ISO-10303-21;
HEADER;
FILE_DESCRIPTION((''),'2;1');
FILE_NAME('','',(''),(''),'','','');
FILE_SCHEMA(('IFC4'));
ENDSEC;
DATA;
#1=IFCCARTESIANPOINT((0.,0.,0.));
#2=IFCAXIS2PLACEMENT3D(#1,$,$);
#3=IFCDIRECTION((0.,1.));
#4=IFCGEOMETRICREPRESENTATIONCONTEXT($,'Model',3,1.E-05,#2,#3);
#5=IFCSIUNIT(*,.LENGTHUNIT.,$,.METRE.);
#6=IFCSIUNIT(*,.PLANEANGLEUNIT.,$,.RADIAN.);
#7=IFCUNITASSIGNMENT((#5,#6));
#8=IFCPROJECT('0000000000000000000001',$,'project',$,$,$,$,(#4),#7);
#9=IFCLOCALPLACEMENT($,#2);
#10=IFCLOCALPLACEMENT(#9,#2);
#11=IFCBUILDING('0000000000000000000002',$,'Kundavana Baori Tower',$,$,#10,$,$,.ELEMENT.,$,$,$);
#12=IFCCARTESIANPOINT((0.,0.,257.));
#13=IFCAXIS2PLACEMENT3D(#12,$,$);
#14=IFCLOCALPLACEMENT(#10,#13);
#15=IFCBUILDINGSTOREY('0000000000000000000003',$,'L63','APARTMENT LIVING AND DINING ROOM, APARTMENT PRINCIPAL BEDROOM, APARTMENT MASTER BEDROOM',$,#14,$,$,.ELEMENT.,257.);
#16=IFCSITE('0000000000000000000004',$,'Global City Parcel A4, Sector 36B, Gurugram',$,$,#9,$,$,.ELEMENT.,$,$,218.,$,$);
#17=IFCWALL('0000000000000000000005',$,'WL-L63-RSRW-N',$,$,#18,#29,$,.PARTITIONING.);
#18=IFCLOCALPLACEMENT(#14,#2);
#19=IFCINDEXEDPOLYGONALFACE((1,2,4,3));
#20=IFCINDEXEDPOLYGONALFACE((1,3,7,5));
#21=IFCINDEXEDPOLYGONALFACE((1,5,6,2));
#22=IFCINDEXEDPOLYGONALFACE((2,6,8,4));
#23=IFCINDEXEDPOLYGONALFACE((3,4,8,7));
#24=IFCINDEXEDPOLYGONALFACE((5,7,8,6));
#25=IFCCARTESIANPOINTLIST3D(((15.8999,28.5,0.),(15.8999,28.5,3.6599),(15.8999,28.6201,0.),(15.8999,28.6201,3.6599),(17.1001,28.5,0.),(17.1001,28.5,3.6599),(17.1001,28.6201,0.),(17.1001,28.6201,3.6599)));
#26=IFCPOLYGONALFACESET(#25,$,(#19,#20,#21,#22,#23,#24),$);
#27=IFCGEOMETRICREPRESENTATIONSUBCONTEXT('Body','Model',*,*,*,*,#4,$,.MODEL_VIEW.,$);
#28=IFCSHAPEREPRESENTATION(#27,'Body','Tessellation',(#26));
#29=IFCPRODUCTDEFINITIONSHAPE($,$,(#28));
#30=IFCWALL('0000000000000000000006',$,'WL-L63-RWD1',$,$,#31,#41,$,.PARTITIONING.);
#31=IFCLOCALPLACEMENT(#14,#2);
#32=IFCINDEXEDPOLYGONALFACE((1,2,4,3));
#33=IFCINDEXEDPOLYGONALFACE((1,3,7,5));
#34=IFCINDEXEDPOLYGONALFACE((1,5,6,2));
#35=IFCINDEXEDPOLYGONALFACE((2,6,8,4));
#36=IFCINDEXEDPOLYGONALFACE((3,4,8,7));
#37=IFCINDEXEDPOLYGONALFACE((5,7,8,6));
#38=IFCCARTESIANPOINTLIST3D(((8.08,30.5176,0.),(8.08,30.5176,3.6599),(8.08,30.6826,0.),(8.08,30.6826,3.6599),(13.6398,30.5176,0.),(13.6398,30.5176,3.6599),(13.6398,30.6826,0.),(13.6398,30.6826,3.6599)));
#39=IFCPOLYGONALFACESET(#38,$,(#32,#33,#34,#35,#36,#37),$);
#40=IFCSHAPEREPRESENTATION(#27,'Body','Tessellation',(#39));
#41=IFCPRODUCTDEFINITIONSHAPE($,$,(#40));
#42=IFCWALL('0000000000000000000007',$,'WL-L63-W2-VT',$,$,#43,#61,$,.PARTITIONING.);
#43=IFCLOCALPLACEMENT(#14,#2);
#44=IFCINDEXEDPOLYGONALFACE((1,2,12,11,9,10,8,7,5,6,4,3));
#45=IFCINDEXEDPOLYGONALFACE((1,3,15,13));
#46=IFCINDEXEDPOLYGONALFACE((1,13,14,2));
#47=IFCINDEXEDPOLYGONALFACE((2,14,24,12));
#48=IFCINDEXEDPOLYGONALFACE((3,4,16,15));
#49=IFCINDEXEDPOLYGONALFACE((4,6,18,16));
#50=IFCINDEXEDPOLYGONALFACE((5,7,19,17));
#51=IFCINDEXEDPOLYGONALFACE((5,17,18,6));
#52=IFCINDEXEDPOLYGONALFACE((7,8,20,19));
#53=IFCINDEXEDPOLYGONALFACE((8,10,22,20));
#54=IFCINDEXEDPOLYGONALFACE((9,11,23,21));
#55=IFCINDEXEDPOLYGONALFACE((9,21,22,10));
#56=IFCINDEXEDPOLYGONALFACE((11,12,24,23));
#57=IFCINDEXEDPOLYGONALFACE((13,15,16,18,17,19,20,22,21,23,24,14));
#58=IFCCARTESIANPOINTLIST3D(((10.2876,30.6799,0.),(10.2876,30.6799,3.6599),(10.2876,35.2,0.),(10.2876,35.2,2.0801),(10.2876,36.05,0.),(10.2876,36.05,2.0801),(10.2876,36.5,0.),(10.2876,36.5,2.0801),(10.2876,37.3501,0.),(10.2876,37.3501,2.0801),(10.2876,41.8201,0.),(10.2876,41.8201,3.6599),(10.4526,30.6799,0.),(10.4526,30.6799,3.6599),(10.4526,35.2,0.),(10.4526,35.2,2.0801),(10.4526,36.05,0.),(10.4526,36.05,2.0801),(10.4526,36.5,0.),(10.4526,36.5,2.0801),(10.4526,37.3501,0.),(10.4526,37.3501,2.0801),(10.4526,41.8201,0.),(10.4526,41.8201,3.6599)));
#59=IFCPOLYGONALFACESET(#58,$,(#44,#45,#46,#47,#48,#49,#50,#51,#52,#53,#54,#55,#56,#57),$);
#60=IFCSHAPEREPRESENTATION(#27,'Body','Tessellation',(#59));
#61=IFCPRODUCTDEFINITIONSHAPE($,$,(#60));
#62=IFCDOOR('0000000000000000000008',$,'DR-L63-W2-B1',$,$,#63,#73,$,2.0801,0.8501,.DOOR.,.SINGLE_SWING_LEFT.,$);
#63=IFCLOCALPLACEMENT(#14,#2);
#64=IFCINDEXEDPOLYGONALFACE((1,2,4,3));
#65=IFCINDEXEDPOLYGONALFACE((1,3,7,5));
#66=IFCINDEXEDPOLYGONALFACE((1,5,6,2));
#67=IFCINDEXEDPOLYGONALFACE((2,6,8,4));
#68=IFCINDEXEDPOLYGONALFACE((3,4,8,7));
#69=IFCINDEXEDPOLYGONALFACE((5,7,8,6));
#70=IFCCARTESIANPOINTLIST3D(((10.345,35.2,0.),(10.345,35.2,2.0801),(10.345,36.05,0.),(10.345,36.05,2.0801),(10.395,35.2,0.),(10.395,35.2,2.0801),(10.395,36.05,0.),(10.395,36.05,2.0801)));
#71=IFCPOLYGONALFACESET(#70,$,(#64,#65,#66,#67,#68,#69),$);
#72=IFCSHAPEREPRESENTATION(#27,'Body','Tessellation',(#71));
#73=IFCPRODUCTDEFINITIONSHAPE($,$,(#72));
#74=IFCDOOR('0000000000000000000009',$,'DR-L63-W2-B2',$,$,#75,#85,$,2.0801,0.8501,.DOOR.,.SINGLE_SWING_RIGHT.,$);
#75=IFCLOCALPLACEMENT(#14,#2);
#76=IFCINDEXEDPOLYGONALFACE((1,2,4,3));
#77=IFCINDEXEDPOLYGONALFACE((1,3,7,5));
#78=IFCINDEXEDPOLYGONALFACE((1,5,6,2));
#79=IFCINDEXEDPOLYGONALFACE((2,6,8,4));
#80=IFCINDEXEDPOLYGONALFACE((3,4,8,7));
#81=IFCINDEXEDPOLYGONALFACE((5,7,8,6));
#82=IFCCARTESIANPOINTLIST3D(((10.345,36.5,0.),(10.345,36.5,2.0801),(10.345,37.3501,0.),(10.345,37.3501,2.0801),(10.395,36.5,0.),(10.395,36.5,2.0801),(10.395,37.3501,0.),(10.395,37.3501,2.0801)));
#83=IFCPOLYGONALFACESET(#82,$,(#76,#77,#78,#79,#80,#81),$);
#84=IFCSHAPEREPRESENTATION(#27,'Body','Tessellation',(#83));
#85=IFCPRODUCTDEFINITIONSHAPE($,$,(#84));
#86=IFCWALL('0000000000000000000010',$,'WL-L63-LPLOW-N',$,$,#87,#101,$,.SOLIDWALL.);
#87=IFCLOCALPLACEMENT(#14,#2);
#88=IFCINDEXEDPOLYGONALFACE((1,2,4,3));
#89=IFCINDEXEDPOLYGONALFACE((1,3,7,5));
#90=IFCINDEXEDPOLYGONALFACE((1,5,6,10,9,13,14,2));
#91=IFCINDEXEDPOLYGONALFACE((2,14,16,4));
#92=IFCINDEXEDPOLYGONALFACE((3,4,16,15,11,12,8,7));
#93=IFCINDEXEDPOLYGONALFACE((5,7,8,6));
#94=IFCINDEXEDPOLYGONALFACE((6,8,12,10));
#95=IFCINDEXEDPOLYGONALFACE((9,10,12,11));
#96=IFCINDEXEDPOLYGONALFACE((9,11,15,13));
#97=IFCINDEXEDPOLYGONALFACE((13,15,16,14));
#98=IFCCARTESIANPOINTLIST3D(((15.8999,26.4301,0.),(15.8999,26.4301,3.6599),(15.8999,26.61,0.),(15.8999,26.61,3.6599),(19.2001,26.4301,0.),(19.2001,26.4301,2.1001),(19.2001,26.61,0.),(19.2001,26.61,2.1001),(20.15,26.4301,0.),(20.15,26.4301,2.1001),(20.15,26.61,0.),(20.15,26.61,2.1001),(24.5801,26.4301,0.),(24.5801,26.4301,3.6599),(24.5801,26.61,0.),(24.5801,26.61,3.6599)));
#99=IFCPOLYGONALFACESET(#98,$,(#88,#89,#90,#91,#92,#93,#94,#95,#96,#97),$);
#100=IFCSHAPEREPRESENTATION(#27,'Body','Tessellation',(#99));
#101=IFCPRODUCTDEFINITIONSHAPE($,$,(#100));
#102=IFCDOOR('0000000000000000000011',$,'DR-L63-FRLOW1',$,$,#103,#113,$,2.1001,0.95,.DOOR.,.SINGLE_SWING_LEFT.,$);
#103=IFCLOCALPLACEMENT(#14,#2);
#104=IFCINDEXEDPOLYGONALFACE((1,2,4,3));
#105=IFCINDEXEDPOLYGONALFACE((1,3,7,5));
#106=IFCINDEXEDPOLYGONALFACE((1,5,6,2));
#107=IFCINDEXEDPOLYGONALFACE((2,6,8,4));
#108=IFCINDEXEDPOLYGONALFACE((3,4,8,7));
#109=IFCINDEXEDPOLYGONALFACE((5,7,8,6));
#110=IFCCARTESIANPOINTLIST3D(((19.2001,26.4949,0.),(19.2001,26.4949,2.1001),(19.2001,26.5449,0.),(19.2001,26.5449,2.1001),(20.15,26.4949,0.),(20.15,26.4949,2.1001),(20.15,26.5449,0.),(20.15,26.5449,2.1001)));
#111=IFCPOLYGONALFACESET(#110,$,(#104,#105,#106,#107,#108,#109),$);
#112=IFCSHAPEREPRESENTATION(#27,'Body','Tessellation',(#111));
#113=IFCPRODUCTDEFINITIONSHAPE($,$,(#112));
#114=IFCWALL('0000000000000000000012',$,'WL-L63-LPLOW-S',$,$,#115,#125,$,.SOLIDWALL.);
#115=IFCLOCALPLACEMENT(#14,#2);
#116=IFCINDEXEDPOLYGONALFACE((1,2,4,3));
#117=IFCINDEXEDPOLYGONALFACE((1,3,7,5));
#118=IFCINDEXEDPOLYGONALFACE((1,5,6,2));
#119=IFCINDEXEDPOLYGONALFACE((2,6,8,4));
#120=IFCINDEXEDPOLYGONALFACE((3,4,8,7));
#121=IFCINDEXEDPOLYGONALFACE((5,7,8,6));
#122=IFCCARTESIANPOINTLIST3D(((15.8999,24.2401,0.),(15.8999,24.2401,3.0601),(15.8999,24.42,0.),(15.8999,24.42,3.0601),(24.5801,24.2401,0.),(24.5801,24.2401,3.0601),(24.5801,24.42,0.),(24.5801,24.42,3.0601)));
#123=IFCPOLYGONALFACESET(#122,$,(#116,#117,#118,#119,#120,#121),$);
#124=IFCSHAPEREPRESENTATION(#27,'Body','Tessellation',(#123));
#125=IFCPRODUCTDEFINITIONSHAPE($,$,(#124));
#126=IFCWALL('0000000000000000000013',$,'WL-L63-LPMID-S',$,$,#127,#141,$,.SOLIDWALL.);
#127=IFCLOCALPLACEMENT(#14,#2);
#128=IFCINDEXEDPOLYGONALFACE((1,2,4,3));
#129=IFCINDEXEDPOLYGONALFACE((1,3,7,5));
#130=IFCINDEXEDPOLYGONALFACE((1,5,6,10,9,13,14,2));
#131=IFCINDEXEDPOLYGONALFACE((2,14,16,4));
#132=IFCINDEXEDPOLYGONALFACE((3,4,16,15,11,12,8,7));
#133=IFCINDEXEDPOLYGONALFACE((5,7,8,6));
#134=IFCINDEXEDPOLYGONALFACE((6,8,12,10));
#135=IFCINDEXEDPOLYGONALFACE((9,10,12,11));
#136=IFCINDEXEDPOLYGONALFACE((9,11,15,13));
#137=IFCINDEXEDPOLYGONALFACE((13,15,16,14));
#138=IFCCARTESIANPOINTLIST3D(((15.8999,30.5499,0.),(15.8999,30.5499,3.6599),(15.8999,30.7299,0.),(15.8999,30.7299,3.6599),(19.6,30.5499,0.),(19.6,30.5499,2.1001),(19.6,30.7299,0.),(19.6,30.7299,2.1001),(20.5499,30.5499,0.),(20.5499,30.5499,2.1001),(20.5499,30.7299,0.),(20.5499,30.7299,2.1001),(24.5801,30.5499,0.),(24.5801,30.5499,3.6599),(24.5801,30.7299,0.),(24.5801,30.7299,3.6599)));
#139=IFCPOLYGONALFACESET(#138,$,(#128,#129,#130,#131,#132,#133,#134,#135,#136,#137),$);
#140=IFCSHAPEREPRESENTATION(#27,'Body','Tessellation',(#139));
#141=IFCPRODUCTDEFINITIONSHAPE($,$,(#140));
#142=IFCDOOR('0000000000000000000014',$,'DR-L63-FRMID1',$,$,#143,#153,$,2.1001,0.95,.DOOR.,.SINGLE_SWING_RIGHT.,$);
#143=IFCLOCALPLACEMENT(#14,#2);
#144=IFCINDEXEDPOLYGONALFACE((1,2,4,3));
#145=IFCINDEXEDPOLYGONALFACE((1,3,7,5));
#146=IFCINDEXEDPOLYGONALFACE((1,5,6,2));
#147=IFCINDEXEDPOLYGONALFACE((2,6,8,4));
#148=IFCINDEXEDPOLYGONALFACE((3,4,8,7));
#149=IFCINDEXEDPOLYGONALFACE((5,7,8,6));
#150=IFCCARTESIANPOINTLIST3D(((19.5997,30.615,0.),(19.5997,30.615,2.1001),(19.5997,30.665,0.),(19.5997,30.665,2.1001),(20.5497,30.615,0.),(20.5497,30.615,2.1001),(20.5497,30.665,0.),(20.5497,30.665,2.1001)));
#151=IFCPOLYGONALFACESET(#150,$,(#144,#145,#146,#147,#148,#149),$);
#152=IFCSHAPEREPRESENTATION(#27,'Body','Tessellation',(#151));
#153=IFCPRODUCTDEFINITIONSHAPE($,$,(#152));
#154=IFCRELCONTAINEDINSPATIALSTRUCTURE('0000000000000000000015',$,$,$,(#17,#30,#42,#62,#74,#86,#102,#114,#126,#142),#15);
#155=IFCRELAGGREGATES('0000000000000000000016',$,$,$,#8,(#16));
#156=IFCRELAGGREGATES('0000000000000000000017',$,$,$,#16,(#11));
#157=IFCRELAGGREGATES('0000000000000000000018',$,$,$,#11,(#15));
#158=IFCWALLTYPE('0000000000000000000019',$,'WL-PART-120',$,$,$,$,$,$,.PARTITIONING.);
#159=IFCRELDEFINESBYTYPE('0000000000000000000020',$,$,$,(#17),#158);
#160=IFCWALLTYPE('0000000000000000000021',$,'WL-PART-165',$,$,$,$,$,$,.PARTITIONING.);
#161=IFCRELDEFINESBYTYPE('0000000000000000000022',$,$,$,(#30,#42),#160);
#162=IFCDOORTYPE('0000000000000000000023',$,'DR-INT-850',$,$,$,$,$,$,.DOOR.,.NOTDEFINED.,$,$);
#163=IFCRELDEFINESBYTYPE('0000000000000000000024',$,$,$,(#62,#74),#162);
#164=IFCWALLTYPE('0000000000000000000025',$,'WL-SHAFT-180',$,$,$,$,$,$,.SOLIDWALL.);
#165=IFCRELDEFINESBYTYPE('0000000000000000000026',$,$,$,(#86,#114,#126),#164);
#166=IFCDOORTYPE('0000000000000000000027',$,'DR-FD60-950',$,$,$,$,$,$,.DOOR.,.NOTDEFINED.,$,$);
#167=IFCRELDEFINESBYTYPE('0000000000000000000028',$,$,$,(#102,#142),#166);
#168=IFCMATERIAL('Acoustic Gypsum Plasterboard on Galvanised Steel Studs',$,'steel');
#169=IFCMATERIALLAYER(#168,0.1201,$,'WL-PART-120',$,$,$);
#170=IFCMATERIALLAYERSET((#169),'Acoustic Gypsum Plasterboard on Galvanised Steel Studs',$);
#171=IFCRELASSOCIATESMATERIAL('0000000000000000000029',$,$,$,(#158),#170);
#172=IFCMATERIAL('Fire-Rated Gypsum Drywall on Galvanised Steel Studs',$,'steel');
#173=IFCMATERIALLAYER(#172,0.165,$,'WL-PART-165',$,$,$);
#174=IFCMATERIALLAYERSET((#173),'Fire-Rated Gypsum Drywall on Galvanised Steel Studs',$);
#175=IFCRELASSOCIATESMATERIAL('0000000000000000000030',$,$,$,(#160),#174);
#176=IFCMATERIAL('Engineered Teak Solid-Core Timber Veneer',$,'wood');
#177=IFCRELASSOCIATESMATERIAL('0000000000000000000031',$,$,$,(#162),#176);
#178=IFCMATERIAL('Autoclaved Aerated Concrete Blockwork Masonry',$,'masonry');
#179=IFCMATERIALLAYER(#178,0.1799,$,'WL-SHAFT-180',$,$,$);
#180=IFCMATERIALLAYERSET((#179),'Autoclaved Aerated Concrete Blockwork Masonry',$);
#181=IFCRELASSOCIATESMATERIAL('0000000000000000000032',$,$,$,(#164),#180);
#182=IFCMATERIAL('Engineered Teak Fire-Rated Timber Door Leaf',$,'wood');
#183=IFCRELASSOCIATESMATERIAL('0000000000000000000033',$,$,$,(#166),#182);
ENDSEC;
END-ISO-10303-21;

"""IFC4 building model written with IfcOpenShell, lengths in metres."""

from ifc_helpers import new_model, si_unit, direction, frame, frame_2d, origin, place, context, subcontext, project, spatial, rectangle, extrude, material, layer, layer_set, type_object, element, fill, save


model = new_model("IFC4")

# Units and contexts
model_context = context("Model", 3, precision=1e-05, world=origin(), true_north=direction((0.0, 1.0)))
body_context = subcontext(model_context, "Body", "Model", "MODEL_VIEW")
ifc_project = project(units=[si_unit("LENGTHUNIT", "METRE"), si_unit("PLANEANGLEUNIT", "RADIAN")], contexts=[model_context])

# Site, building, storey
site_placement = place(None, origin())
site = spatial("IfcSite", under=ifc_project, at=site_placement, Name="Global City Parcel A4, Sector 36B, Gurugram", CompositionType="ELEMENT", RefElevation=218.0)
building_placement = place(site_placement, origin())
building = spatial("IfcBuilding", under=site, at=building_placement, Name="Kundavana Baori Tower", CompositionType="ELEMENT")
storey_placement = place(building_placement, frame((0.0, 0.0, 257.0)))
storey = spatial("IfcBuildingStorey", under=building, at=storey_placement, Name="L63", Description="APARTMENT LIVING AND DINING ROOM, APARTMENT PRINCIPAL BEDROOM, APARTMENT MASTER BEDROOM", CompositionType="ELEMENT", Elevation=257.0)

# Walls
ifc_material_1 = material(Name="Acoustic Gypsum Plasterboard on Galvanised Steel Studs", Category="steel")
ifc_layer_1 = layer(ifc_material_1, 0.1201, Name="WL-PART-120")
ifc_layer_set_1 = layer_set([ifc_layer_1], Name="Acoustic Gypsum Plasterboard on Galvanised Steel Studs")
wall_type_1 = type_object("IfcWallType", Name="WL-PART-120", PredefinedType="PARTITIONING", material=ifc_layer_set_1)
wall_1_placement = place(storey_placement, frame((15.8999, 28.5601, 0.0), z_axis=(0.0, 0.0, 1.0), x_axis=(1.0, 0.0, 0.0)))
element("IfcWall", 1, at=wall_1_placement, inside=storey, type_object=wall_type_1, Name="WL-L63-RSRW-N", PredefinedType="PARTITIONING", context=body_context, shape_type="SweptSolid", body=[
    extrude(rectangle(XDim=1.2002, YDim=0.1201, at=frame_2d((0.6001, 0.0))), origin(), (0.0, 0.0, 1.0), 3.6599),
])
ifc_material_2 = material(Name="Fire-Rated Gypsum Drywall on Galvanised Steel Studs", Category="steel")
ifc_layer_2 = layer(ifc_material_2, 0.165, Name="WL-PART-165")
ifc_layer_set_2 = layer_set([ifc_layer_2], Name="Fire-Rated Gypsum Drywall on Galvanised Steel Studs")
wall_type_2 = type_object("IfcWallType", Name="WL-PART-165", PredefinedType="PARTITIONING", material=ifc_layer_set_2)
wall_2_placement = place(storey_placement, frame((8.0801, 30.6001, 0.0), z_axis=(0.0, 0.0, 1.0), x_axis=(1.0, 0.0, 0.0)))
element("IfcWall", 2, at=wall_2_placement, inside=storey, type_object=wall_type_2, Name="WL-L63-RWD1", PredefinedType="PARTITIONING", context=body_context, shape_type="SweptSolid", body=[
    extrude(rectangle(XDim=5.5598, YDim=0.165, at=frame_2d((2.7798, 0.0))), origin(), (0.0, 0.0, 1.0), 3.6599),
])

# Wall, openings, doors
wall_3_placement = place(storey_placement, frame((10.3701, 30.6799, 0.0), z_axis=(0.0, 0.0, 1.0), x_axis=(0.0, 1.0, 0.0)))
wall_3 = element("IfcWall", 3, at=wall_3_placement, inside=storey, type_object=wall_type_2, Name="WL-L63-W2-VT", PredefinedType="PARTITIONING", context=body_context, shape_type="SweptSolid", body=[
    extrude(rectangle(XDim=11.1401, YDim=0.165, at=frame_2d((5.5701, 0.0))), origin(), (0.0, 0.0, 1.0), 3.6599),
])
opening_1_placement = place(wall_3_placement, frame((4.52, 0.0, 0.0)))
opening_1 = element("IfcOpeningElement", 4, at=opening_1_placement, cuts=wall_3, PredefinedType="OPENING", context=body_context, shape_type="SweptSolid", body=[
    extrude(rectangle(XDim=0.8501, YDim=2.0801, at=frame_2d((0.425, 1.04))), frame((0.0, 0.0925, 0.0), z_axis=(0.0, -1.0, 0.0), x_axis=(1.0, 0.0, 0.0)), (0.0, 0.0, 1.0), 0.1851),
])
opening_2_placement = place(wall_3_placement, frame((5.8201, 0.0, 0.0)))
opening_2 = element("IfcOpeningElement", 5, at=opening_2_placement, cuts=wall_3, PredefinedType="OPENING", context=body_context, shape_type="SweptSolid", body=[
    extrude(rectangle(XDim=0.8501, YDim=2.0801, at=frame_2d((0.425, 1.04))), frame((0.0, 0.0925, 0.0), z_axis=(0.0, -1.0, 0.0), x_axis=(1.0, 0.0, 0.0)), (0.0, 0.0, 1.0), 0.1851),
])
ifc_material_3 = material(Name="Engineered Teak Solid-Core Timber Veneer", Category="wood")
door_type_1 = type_object("IfcDoorType", Name="DR-INT-850", OperationType="NOTDEFINED", PredefinedType="DOOR", material=ifc_material_3)
door_1_placement = place(opening_1_placement, frame((0.8501, 0.0, 0.0), z_axis=(0.0, 0.0, 1.0), x_axis=(-1.0, 0.0, 0.0)))
door_1 = element("IfcDoor", 6, at=door_1_placement, inside=storey, type_object=door_type_1, Name="DR-L63-W2-B1", OperationType="SINGLE_SWING_LEFT", OverallHeight=2.0801, OverallWidth=0.8501, PredefinedType="DOOR", context=body_context, shape_type="SweptSolid", body=[
    extrude(rectangle(XDim=0.8501, YDim=2.0801, at=frame_2d((0.425, 1.04))), frame((0.0, 0.0249, 0.0), z_axis=(0.0, -1.0, 0.0), x_axis=(1.0, 0.0, 0.0)), (0.0, 0.0, 1.0), 0.05),
])
fill(opening_1, door_1)
door_2_placement = place(opening_2_placement, frame((0.8501, 0.0, 0.0), z_axis=(0.0, 0.0, 1.0), x_axis=(-1.0, 0.0, 0.0)))
door_2 = element("IfcDoor", 7, at=door_2_placement, inside=storey, type_object=door_type_1, Name="DR-L63-W2-B2", OperationType="SINGLE_SWING_RIGHT", OverallHeight=2.0801, OverallWidth=0.8501, PredefinedType="DOOR", context=body_context, shape_type="SweptSolid", body=[
    extrude(rectangle(XDim=0.8501, YDim=2.0801, at=frame_2d((0.425, 1.04))), frame((0.0, 0.0249, 0.0), z_axis=(0.0, -1.0, 0.0), x_axis=(1.0, 0.0, 0.0)), (0.0, 0.0, 1.0), 0.05),
])
fill(opening_2, door_2)

# Wall, opening, door
ifc_material_4 = material(Name="Autoclaved Aerated Concrete Blockwork Masonry", Category="masonry")
ifc_layer_3 = layer(ifc_material_4, 0.1799, Name="WL-SHAFT-180")
ifc_layer_set_3 = layer_set([ifc_layer_3], Name="Autoclaved Aerated Concrete Blockwork Masonry")
wall_type_3 = type_object("IfcWallType", Name="WL-SHAFT-180", PredefinedType="SOLIDWALL", material=ifc_layer_set_3)
wall_4_placement = place(storey_placement, frame((15.8999, 26.52, 0.0), z_axis=(0.0, 0.0, 1.0), x_axis=(1.0, 0.0, 0.0)))
wall_4 = element("IfcWall", 8, at=wall_4_placement, inside=storey, type_object=wall_type_3, Name="WL-L63-LPLOW-N", PredefinedType="SOLIDWALL", context=body_context, shape_type="SweptSolid", body=[
    extrude(rectangle(XDim=8.6802, YDim=0.1799, at=frame_2d((4.3401, 0.0))), origin(), (0.0, 0.0, 1.0), 3.6599),
])
opening_3_placement = place(wall_4_placement, frame((3.3, 0.0, 0.0)))
opening_3 = element("IfcOpeningElement", 9, at=opening_3_placement, cuts=wall_4, PredefinedType="OPENING", context=body_context, shape_type="SweptSolid", body=[
    extrude(rectangle(XDim=0.95, YDim=2.1001, at=frame_2d((0.4751, 1.05))), frame((0.0, 0.1001, 0.0), z_axis=(0.0, -1.0, 0.0), x_axis=(1.0, 0.0, 0.0)), (0.0, 0.0, 1.0), 0.2),
])
ifc_material_5 = material(Name="Engineered Teak Fire-Rated Timber Door Leaf", Category="wood")
door_type_2 = type_object("IfcDoorType", Name="DR-FD60-950", OperationType="NOTDEFINED", PredefinedType="DOOR", material=ifc_material_5)
door_3_placement = place(opening_3_placement, origin())
door_3 = element("IfcDoor", 10, at=door_3_placement, inside=storey, type_object=door_type_2, Name="DR-L63-FRLOW1", OperationType="SINGLE_SWING_LEFT", OverallHeight=2.1001, OverallWidth=0.95, PredefinedType="DOOR", context=body_context, shape_type="SweptSolid", body=[
    extrude(rectangle(XDim=0.95, YDim=2.1001, at=frame_2d((0.4751, 1.05))), frame((0.0, 0.0249, 0.0), z_axis=(0.0, -1.0, 0.0), x_axis=(1.0, 0.0, 0.0)), (0.0, 0.0, 1.0), 0.05),
])
fill(opening_3, door_3)

# Wall
wall_5_placement = place(storey_placement, frame((15.8999, 24.3301, 0.0), z_axis=(0.0, 0.0, 1.0), x_axis=(1.0, 0.0, 0.0)))
element("IfcWall", 11, at=wall_5_placement, inside=storey, type_object=wall_type_3, Name="WL-L63-LPLOW-S", PredefinedType="SOLIDWALL", context=body_context, shape_type="SweptSolid", body=[
    extrude(rectangle(XDim=8.6802, YDim=0.1799, at=frame_2d((4.3401, 0.0))), origin(), (0.0, 0.0, 1.0), 3.0601),
])

# Wall, opening, door
wall_6_placement = place(storey_placement, frame((15.8999, 30.6399, 0.0), z_axis=(0.0, 0.0, 1.0), x_axis=(1.0, 0.0, 0.0)))
wall_6 = element("IfcWall", 12, at=wall_6_placement, inside=storey, type_object=wall_type_3, Name="WL-L63-LPMID-S", PredefinedType="SOLIDWALL", context=body_context, shape_type="SweptSolid", body=[
    extrude(rectangle(XDim=8.6802, YDim=0.1799, at=frame_2d((4.3401, 0.0))), origin(), (0.0, 0.0, 1.0), 3.6599),
])
opening_4_placement = place(wall_6_placement, frame((3.7, 0.0, 0.0)))
opening_4 = element("IfcOpeningElement", 13, at=opening_4_placement, cuts=wall_6, PredefinedType="OPENING", context=body_context, shape_type="SweptSolid", body=[
    extrude(rectangle(XDim=0.95, YDim=2.1001, at=frame_2d((0.4751, 1.05))), frame((0.0, 0.1001, 0.0), z_axis=(0.0, -1.0, 0.0), x_axis=(1.0, 0.0, 0.0)), (0.0, 0.0, 1.0), 0.2),
])
door_4_placement = place(opening_4_placement, frame((0.95, 0.0, 0.0), z_axis=(0.0, 0.0, 1.0), x_axis=(-1.0, 0.0, 0.0)))
door_4 = element("IfcDoor", 14, at=door_4_placement, inside=storey, type_object=door_type_2, Name="DR-L63-FRMID1", OperationType="SINGLE_SWING_RIGHT", OverallHeight=2.1001, OverallWidth=0.95, PredefinedType="DOOR", context=body_context, shape_type="SweptSolid", body=[
    extrude(rectangle(XDim=0.95, YDim=2.1001, at=frame_2d((0.4751, 1.05))), frame((0.0, 0.0249, 0.0), z_axis=(0.0, -1.0, 0.0), x_axis=(1.0, 0.0, 0.0)), (0.0, 0.0, 1.0), 0.05),
])
fill(opening_4, door_4)

save(model, "model.ifc")
